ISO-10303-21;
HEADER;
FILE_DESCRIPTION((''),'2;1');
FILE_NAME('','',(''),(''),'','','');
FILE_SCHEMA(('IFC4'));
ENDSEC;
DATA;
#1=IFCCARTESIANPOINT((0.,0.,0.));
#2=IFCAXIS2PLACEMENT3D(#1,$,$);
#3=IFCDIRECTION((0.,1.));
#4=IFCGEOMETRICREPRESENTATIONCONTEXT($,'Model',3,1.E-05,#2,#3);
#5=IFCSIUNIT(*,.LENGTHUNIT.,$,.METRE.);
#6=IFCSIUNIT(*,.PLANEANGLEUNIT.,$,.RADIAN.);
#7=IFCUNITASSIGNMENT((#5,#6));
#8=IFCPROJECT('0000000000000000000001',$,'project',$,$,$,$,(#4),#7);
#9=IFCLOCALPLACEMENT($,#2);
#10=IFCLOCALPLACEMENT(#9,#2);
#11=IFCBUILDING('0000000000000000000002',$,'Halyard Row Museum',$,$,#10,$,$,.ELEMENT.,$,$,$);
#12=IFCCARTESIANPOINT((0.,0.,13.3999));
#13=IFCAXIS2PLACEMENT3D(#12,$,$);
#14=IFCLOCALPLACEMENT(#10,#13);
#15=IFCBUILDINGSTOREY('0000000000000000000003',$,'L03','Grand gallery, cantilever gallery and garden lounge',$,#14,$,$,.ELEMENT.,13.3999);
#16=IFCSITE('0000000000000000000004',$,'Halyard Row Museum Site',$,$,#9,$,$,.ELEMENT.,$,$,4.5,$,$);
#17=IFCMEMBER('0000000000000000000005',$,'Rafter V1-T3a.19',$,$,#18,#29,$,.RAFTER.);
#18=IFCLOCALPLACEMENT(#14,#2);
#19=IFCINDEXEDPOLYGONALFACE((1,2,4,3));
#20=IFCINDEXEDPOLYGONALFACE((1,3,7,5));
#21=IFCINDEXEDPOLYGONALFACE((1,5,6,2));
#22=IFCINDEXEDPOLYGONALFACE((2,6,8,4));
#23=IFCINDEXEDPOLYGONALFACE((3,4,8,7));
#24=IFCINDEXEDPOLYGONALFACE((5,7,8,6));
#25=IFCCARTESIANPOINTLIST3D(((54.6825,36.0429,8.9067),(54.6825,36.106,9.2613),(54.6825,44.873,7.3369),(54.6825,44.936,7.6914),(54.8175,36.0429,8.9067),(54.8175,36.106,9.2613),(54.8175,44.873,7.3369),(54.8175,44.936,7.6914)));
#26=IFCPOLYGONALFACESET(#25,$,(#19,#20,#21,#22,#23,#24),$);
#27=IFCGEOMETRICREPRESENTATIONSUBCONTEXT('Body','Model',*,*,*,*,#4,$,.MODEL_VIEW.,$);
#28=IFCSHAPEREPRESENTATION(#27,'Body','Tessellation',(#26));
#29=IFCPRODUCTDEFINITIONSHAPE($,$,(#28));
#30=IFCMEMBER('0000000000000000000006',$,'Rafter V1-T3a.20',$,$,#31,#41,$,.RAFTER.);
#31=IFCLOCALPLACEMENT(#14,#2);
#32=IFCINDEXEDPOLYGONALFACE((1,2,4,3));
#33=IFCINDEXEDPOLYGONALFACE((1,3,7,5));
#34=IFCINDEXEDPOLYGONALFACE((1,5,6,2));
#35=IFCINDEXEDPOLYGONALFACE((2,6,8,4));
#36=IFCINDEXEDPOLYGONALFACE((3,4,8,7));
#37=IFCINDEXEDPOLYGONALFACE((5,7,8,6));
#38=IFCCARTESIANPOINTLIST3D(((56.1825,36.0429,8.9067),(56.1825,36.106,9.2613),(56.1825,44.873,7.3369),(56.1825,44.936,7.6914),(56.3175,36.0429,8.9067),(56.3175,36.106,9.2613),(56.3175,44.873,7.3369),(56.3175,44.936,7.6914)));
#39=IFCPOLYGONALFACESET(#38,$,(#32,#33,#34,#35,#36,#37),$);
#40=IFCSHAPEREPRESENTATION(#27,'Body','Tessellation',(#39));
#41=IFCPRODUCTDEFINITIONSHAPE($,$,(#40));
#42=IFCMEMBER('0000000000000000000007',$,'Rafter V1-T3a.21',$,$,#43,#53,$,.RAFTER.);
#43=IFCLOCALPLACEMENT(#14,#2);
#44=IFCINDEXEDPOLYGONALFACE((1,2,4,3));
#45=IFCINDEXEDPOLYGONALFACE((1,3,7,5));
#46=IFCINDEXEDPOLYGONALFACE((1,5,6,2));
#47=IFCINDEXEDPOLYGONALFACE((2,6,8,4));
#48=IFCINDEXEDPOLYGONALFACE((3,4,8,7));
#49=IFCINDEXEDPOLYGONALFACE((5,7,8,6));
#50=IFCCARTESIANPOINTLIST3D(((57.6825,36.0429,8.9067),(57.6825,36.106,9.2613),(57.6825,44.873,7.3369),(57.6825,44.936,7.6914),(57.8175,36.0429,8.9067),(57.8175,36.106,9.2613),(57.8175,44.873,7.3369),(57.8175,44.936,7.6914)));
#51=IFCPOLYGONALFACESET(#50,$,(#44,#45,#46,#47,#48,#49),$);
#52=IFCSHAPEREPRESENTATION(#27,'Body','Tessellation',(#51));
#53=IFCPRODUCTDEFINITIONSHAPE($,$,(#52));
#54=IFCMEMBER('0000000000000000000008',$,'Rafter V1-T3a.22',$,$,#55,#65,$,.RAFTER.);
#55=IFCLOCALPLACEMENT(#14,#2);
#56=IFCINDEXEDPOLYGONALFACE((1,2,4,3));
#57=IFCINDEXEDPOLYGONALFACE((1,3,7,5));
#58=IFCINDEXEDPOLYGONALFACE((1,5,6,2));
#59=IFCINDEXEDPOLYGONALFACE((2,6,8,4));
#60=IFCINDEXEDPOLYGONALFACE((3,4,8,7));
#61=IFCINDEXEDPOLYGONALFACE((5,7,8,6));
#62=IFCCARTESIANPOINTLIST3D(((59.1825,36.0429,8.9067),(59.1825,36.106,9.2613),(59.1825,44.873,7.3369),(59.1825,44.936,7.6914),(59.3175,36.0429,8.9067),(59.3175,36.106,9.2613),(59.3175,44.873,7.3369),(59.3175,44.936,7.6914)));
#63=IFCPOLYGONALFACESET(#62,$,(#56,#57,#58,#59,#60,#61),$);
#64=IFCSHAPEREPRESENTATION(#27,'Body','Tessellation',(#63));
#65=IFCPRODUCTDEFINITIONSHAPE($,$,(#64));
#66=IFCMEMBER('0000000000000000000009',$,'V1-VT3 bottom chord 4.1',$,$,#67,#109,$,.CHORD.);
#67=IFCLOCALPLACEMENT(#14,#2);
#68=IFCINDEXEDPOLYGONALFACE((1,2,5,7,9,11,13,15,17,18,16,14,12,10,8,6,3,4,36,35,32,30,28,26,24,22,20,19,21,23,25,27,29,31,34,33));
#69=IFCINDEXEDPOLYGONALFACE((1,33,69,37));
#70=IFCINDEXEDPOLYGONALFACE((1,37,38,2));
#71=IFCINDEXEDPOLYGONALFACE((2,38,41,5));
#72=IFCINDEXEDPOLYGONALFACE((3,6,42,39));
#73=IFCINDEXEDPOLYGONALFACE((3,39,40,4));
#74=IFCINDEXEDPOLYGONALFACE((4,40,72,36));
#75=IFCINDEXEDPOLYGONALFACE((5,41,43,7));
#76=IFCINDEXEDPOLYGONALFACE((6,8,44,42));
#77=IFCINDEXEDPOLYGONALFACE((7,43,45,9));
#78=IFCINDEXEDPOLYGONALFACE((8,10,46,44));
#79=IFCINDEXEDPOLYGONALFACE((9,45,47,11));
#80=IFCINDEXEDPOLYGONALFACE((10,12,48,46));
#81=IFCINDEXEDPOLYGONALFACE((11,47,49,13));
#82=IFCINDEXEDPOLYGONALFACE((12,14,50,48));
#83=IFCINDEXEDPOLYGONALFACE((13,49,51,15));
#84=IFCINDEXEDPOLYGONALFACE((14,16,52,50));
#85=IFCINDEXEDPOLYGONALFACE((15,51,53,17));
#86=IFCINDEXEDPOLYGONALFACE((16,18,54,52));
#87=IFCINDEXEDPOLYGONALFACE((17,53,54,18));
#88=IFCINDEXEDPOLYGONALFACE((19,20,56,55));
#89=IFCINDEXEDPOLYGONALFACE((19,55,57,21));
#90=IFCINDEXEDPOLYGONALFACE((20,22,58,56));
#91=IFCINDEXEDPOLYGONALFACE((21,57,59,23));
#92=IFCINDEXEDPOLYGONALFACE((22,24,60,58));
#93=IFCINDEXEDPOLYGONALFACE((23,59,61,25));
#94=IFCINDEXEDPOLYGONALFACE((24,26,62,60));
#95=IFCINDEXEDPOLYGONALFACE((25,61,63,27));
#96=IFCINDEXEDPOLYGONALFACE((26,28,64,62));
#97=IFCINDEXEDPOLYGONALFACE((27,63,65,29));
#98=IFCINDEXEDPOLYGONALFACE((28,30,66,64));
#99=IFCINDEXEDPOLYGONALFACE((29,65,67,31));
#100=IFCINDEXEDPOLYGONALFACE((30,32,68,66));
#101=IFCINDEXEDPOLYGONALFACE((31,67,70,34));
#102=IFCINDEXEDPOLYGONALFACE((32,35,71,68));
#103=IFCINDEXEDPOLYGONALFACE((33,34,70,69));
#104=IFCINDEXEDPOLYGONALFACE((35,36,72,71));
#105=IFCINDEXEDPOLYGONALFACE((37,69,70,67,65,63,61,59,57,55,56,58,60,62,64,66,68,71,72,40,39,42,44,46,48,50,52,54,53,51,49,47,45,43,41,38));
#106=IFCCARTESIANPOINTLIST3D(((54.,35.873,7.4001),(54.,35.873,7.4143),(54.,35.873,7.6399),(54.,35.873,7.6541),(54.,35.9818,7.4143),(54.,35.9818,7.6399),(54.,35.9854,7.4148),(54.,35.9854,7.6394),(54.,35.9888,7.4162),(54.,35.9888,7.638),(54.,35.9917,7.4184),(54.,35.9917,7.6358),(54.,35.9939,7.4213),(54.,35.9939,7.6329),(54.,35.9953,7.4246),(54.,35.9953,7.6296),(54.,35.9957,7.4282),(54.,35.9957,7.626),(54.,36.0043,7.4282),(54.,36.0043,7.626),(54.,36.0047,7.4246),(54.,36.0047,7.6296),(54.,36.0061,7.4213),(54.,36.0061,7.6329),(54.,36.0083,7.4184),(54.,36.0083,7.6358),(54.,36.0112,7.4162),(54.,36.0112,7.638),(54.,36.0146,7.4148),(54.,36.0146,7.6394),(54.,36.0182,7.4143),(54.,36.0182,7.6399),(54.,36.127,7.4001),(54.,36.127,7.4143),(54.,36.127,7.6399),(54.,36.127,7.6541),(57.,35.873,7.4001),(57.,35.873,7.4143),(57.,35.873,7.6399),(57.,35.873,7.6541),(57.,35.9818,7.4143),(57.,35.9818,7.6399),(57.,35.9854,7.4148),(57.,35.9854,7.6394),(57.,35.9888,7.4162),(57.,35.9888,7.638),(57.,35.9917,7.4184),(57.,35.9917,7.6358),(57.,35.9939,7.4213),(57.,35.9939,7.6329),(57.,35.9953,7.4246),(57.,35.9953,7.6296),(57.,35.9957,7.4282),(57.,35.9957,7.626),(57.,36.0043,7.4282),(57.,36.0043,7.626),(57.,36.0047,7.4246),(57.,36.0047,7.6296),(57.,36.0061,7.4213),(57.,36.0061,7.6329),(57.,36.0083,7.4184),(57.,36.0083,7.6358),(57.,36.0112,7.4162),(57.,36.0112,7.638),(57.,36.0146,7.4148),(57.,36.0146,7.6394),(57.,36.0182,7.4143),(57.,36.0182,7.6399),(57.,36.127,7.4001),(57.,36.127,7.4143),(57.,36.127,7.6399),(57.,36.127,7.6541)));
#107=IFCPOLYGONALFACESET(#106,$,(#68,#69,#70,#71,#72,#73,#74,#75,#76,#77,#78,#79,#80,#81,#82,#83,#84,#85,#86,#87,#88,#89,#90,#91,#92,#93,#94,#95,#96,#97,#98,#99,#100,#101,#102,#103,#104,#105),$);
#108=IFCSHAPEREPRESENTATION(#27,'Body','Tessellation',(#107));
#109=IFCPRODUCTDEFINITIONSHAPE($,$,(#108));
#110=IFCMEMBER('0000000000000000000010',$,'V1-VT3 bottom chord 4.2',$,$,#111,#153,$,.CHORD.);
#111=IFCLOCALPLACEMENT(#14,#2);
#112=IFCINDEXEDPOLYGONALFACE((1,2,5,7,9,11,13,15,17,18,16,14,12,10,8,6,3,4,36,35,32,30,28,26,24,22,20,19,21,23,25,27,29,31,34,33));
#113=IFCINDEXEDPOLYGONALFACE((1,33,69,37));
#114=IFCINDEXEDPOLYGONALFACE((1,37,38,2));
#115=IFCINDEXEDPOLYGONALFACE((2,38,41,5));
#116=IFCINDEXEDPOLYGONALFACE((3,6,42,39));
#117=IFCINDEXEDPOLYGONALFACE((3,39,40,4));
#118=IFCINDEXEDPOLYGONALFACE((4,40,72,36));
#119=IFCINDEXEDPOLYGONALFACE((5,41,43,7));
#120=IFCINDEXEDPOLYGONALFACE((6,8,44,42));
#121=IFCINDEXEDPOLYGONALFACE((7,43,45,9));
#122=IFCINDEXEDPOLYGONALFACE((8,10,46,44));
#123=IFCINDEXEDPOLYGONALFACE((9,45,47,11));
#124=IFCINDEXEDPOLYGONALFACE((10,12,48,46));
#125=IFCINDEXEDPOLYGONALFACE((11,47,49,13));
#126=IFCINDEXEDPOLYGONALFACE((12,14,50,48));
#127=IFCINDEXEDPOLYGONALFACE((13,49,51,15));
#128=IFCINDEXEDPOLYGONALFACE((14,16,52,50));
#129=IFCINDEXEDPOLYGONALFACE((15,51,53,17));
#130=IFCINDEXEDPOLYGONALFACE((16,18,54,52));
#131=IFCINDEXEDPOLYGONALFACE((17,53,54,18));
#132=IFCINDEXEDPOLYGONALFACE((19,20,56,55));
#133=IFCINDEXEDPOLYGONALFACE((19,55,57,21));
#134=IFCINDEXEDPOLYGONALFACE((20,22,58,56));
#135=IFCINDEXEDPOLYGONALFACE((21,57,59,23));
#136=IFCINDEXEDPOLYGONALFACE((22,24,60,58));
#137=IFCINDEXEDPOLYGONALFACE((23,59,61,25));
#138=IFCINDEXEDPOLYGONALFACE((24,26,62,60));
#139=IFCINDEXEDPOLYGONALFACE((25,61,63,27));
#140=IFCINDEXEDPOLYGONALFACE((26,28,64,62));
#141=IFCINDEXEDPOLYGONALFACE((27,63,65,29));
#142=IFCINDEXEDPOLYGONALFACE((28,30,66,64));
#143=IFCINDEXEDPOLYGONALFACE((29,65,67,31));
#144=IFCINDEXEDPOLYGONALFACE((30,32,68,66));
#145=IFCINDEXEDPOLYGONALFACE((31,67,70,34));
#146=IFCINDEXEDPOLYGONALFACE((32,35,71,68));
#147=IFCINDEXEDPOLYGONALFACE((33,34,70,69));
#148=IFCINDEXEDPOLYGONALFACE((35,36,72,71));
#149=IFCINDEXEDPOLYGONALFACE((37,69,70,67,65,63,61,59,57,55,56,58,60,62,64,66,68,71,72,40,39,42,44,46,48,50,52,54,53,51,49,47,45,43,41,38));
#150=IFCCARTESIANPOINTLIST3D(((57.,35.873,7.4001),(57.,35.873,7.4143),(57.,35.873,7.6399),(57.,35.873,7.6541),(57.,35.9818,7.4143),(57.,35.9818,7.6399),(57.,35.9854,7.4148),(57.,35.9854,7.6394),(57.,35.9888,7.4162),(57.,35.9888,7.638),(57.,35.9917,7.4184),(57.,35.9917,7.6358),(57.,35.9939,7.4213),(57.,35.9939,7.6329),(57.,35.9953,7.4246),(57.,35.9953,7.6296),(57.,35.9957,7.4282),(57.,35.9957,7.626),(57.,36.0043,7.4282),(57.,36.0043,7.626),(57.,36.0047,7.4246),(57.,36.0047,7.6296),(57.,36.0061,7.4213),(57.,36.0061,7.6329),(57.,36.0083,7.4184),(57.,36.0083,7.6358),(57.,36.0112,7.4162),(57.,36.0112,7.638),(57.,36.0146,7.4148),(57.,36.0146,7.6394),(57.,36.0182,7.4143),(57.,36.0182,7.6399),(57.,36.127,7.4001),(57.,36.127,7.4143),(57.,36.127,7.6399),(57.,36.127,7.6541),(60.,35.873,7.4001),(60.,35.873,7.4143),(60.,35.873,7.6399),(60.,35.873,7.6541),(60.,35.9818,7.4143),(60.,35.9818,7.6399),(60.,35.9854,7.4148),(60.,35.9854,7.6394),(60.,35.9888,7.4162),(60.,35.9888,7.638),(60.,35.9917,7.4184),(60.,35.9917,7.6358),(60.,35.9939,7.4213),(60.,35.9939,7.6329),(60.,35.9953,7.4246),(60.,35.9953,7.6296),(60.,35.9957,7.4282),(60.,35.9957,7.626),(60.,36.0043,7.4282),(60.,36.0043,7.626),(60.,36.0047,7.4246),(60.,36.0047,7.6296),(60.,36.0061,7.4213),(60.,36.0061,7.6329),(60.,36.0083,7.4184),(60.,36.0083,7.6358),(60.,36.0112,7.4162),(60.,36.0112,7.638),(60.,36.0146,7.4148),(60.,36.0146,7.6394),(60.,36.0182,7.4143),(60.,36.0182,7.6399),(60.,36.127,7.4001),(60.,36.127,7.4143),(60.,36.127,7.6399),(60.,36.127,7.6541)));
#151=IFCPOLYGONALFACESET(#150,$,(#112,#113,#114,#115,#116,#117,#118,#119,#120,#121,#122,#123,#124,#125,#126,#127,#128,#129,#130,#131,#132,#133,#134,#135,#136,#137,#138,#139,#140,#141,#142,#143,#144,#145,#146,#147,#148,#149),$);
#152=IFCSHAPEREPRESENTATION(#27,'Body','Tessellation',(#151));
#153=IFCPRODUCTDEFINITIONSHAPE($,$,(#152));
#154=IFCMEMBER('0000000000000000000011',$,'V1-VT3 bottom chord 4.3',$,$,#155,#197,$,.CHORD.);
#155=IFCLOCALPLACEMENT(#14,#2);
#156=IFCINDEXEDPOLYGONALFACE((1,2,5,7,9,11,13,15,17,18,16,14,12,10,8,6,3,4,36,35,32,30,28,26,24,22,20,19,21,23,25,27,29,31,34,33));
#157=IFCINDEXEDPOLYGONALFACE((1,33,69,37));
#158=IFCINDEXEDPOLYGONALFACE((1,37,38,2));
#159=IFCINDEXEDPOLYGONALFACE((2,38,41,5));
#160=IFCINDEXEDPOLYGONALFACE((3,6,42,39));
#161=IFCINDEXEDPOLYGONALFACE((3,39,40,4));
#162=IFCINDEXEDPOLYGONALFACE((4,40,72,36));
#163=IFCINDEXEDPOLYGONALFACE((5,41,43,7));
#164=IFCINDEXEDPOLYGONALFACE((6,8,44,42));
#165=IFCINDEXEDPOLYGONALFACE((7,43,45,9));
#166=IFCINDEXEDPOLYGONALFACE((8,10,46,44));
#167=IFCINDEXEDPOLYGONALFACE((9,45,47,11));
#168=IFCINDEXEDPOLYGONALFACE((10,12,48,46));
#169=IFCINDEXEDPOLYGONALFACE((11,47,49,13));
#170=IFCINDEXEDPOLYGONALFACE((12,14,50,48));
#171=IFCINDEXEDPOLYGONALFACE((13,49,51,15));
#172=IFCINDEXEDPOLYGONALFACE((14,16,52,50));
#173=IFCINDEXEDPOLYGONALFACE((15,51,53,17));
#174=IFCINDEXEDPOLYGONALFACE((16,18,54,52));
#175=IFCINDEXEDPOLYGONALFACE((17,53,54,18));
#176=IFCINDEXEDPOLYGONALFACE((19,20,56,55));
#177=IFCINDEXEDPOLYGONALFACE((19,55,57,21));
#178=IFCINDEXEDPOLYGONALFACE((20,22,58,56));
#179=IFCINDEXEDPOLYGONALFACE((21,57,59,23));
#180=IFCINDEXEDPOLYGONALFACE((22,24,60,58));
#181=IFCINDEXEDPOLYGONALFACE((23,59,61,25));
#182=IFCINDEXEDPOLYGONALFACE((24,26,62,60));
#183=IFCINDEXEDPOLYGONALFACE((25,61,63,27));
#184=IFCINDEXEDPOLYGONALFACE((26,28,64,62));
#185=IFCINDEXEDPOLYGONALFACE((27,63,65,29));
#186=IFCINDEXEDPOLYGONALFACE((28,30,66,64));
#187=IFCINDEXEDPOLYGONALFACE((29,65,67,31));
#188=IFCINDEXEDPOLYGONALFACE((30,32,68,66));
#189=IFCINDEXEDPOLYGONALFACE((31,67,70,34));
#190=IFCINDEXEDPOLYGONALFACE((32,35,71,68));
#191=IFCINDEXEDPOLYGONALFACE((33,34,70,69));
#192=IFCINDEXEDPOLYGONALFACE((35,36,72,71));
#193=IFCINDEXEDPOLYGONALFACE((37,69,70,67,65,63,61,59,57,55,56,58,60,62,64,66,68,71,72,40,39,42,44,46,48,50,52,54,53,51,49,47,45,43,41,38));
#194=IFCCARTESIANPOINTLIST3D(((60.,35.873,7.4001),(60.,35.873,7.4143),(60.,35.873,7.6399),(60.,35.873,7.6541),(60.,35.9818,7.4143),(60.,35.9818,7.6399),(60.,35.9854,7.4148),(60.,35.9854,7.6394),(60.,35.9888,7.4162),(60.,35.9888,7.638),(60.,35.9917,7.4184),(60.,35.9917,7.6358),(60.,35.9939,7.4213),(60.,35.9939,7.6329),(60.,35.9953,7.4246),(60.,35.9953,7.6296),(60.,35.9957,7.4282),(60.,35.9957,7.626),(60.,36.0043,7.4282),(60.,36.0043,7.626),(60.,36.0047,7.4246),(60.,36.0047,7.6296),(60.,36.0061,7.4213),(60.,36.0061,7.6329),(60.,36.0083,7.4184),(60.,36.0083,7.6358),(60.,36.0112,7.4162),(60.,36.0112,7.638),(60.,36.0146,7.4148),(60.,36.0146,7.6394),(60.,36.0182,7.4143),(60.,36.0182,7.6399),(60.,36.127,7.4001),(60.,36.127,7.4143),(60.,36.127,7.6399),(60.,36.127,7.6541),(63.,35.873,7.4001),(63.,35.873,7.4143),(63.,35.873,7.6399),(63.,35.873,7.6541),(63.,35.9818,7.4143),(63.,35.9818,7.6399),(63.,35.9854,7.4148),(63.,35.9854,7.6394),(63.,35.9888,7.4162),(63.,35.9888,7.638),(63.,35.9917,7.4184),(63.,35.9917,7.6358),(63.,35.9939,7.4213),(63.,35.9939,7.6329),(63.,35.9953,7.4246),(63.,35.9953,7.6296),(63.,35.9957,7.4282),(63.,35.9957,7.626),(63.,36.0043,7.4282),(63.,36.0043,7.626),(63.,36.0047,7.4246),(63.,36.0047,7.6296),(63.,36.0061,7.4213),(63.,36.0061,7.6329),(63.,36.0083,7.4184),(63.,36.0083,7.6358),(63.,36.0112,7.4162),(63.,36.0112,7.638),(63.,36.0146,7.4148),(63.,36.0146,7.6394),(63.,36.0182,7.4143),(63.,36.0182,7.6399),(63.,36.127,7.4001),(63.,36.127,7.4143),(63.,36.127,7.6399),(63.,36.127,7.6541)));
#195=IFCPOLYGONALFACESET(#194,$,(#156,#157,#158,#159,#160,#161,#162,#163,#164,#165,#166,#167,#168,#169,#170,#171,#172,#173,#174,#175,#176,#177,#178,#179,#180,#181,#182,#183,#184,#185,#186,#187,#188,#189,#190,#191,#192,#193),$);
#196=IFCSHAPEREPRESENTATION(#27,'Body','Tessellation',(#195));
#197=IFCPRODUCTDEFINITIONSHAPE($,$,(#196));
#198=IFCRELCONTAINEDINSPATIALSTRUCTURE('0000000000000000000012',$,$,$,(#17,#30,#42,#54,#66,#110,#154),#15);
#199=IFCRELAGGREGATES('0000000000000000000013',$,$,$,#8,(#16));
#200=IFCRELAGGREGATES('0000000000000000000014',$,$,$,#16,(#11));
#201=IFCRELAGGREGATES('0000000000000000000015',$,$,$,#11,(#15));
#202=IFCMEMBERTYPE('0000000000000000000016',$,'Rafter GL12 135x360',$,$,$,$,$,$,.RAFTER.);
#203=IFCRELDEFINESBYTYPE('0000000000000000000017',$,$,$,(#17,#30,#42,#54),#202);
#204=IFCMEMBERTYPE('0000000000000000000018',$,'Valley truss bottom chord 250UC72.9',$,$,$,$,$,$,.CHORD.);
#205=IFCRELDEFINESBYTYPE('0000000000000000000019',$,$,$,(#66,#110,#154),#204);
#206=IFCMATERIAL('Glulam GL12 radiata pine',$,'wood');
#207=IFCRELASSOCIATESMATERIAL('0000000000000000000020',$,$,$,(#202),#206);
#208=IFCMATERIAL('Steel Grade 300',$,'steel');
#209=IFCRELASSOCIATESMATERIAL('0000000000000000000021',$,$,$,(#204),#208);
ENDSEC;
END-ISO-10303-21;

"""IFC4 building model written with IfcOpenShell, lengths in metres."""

from ifc_helpers import new_model, si_unit, direction, frame, origin, origin_2d, place, context, subcontext, project, spatial, rectangle, i_section, extrude, material, material_profile, profile_set, type_object, element, save


model = new_model("IFC4")

# Units and contexts
model_context = context("Model", 3, precision=1e-05, world=origin(), true_north=direction((0.0, 1.0)))
body_context = subcontext(model_context, "Body", "Model", "MODEL_VIEW")
ifc_project = project(units=[si_unit("LENGTHUNIT", "METRE"), si_unit("PLANEANGLEUNIT", "RADIAN")], contexts=[model_context])

# Site, building, storey
site_placement = place(None, origin())
site = spatial("IfcSite", under=ifc_project, at=site_placement, Name="Halyard Row Museum Site", CompositionType="ELEMENT", RefElevation=4.5)
building_placement = place(site_placement, origin())
building = spatial("IfcBuilding", under=site, at=building_placement, Name="Halyard Row Museum", CompositionType="ELEMENT")
storey_placement = place(building_placement, frame((0.0, 0.0, 13.3999)))
storey = spatial("IfcBuildingStorey", under=building, at=storey_placement, Name="L03", Description="Grand gallery, cantilever gallery and garden lounge", CompositionType="ELEMENT", Elevation=13.3999)

# Members
ifc_material_1 = material(Name="Glulam GL12 radiata pine", Category="wood")
ifc_material_profile_1 = material_profile(ifc_material_1, rectangle(XDim=0.135, YDim=0.3601, at=origin_2d()), Name="GL12 135x360")
ifc_profile_set_1 = profile_set([ifc_material_profile_1], Name="Glulam GL12 radiata pine")
member_type_1 = type_object("IfcMemberType", Name="Rafter GL12 135x360", PredefinedType="RAFTER", material=ifc_profile_set_1)
for number, where, z_axis, x_axis, name in (
    (1, (54.75, 36.0745, 9.084), (0.0, 0.984562, -0.175037), (-1.0, 0.0, 0.0), "Rafter V1-T3a.19"),
    (2, (56.25, 36.0745, 9.084), (0.0, 0.984562, -0.175037), (-1.0, 0.0, 0.0), "Rafter V1-T3a.20"),
    (3, (57.75, 36.0745, 9.084), (0.0, 0.984562, -0.175037), (-1.0, 0.0, 0.0), "Rafter V1-T3a.21"),
    (4, (59.25, 36.0745, 9.084), (0.0, 0.984562, -0.175037), (-1.0, 0.0, 0.0), "Rafter V1-T3a.22"),
):
    element("IfcMember", number, at=place(storey_placement, frame(where, z_axis=z_axis, x_axis=x_axis)), inside=storey, type_object=member_type_1, Name=name, PredefinedType="RAFTER", context=body_context, shape_type="SweptSolid", body=[
        extrude(rectangle(XDim=0.135, YDim=0.3601, at=origin_2d()), origin(), (0.0, 0.0, 1.0), 8.9685),
    ])
ifc_material_2 = material(Name="Steel Grade 300", Category="steel")
ifc_material_profile_2 = material_profile(ifc_material_2, i_section(OverallWidth=0.2539, OverallDepth=0.2539, WebThickness=0.0085, FlangeThickness=0.0142, FilletRadius=0.0139, at=origin_2d()), Name="250UC72.9")
ifc_profile_set_2 = profile_set([ifc_material_profile_2], Name="Steel Grade 300")
member_type_2 = type_object("IfcMemberType", Name="Valley truss bottom chord 250UC72.9", PredefinedType="CHORD", material=ifc_profile_set_2)
for number, where, z_axis, x_axis, name in (
    (5, (54.0, 36.0, 7.5271), (1.0, 0.0, 0.0), (0.0, 1.0, 0.0), "V1-VT3 bottom chord 4.1"),
    (6, (57.0, 36.0, 7.5271), (1.0, 0.0, 0.0), (0.0, 1.0, 0.0), "V1-VT3 bottom chord 4.2"),
    (7, (60.0, 36.0, 7.5271), (1.0, 0.0, 0.0), (0.0, 1.0, 0.0), "V1-VT3 bottom chord 4.3"),
):
    element("IfcMember", number, at=place(storey_placement, frame(where, z_axis=z_axis, x_axis=x_axis)), inside=storey, type_object=member_type_2, Name=name, PredefinedType="CHORD", context=body_context, shape_type="SweptSolid", body=[
        extrude(i_section(OverallWidth=0.2539, OverallDepth=0.2539, WebThickness=0.0085, FlangeThickness=0.0142, FilletRadius=0.0139, at=origin_2d()), origin(), (0.0, 0.0, 1.0), 3.0),
    ])

save(model, "model.ifc")
